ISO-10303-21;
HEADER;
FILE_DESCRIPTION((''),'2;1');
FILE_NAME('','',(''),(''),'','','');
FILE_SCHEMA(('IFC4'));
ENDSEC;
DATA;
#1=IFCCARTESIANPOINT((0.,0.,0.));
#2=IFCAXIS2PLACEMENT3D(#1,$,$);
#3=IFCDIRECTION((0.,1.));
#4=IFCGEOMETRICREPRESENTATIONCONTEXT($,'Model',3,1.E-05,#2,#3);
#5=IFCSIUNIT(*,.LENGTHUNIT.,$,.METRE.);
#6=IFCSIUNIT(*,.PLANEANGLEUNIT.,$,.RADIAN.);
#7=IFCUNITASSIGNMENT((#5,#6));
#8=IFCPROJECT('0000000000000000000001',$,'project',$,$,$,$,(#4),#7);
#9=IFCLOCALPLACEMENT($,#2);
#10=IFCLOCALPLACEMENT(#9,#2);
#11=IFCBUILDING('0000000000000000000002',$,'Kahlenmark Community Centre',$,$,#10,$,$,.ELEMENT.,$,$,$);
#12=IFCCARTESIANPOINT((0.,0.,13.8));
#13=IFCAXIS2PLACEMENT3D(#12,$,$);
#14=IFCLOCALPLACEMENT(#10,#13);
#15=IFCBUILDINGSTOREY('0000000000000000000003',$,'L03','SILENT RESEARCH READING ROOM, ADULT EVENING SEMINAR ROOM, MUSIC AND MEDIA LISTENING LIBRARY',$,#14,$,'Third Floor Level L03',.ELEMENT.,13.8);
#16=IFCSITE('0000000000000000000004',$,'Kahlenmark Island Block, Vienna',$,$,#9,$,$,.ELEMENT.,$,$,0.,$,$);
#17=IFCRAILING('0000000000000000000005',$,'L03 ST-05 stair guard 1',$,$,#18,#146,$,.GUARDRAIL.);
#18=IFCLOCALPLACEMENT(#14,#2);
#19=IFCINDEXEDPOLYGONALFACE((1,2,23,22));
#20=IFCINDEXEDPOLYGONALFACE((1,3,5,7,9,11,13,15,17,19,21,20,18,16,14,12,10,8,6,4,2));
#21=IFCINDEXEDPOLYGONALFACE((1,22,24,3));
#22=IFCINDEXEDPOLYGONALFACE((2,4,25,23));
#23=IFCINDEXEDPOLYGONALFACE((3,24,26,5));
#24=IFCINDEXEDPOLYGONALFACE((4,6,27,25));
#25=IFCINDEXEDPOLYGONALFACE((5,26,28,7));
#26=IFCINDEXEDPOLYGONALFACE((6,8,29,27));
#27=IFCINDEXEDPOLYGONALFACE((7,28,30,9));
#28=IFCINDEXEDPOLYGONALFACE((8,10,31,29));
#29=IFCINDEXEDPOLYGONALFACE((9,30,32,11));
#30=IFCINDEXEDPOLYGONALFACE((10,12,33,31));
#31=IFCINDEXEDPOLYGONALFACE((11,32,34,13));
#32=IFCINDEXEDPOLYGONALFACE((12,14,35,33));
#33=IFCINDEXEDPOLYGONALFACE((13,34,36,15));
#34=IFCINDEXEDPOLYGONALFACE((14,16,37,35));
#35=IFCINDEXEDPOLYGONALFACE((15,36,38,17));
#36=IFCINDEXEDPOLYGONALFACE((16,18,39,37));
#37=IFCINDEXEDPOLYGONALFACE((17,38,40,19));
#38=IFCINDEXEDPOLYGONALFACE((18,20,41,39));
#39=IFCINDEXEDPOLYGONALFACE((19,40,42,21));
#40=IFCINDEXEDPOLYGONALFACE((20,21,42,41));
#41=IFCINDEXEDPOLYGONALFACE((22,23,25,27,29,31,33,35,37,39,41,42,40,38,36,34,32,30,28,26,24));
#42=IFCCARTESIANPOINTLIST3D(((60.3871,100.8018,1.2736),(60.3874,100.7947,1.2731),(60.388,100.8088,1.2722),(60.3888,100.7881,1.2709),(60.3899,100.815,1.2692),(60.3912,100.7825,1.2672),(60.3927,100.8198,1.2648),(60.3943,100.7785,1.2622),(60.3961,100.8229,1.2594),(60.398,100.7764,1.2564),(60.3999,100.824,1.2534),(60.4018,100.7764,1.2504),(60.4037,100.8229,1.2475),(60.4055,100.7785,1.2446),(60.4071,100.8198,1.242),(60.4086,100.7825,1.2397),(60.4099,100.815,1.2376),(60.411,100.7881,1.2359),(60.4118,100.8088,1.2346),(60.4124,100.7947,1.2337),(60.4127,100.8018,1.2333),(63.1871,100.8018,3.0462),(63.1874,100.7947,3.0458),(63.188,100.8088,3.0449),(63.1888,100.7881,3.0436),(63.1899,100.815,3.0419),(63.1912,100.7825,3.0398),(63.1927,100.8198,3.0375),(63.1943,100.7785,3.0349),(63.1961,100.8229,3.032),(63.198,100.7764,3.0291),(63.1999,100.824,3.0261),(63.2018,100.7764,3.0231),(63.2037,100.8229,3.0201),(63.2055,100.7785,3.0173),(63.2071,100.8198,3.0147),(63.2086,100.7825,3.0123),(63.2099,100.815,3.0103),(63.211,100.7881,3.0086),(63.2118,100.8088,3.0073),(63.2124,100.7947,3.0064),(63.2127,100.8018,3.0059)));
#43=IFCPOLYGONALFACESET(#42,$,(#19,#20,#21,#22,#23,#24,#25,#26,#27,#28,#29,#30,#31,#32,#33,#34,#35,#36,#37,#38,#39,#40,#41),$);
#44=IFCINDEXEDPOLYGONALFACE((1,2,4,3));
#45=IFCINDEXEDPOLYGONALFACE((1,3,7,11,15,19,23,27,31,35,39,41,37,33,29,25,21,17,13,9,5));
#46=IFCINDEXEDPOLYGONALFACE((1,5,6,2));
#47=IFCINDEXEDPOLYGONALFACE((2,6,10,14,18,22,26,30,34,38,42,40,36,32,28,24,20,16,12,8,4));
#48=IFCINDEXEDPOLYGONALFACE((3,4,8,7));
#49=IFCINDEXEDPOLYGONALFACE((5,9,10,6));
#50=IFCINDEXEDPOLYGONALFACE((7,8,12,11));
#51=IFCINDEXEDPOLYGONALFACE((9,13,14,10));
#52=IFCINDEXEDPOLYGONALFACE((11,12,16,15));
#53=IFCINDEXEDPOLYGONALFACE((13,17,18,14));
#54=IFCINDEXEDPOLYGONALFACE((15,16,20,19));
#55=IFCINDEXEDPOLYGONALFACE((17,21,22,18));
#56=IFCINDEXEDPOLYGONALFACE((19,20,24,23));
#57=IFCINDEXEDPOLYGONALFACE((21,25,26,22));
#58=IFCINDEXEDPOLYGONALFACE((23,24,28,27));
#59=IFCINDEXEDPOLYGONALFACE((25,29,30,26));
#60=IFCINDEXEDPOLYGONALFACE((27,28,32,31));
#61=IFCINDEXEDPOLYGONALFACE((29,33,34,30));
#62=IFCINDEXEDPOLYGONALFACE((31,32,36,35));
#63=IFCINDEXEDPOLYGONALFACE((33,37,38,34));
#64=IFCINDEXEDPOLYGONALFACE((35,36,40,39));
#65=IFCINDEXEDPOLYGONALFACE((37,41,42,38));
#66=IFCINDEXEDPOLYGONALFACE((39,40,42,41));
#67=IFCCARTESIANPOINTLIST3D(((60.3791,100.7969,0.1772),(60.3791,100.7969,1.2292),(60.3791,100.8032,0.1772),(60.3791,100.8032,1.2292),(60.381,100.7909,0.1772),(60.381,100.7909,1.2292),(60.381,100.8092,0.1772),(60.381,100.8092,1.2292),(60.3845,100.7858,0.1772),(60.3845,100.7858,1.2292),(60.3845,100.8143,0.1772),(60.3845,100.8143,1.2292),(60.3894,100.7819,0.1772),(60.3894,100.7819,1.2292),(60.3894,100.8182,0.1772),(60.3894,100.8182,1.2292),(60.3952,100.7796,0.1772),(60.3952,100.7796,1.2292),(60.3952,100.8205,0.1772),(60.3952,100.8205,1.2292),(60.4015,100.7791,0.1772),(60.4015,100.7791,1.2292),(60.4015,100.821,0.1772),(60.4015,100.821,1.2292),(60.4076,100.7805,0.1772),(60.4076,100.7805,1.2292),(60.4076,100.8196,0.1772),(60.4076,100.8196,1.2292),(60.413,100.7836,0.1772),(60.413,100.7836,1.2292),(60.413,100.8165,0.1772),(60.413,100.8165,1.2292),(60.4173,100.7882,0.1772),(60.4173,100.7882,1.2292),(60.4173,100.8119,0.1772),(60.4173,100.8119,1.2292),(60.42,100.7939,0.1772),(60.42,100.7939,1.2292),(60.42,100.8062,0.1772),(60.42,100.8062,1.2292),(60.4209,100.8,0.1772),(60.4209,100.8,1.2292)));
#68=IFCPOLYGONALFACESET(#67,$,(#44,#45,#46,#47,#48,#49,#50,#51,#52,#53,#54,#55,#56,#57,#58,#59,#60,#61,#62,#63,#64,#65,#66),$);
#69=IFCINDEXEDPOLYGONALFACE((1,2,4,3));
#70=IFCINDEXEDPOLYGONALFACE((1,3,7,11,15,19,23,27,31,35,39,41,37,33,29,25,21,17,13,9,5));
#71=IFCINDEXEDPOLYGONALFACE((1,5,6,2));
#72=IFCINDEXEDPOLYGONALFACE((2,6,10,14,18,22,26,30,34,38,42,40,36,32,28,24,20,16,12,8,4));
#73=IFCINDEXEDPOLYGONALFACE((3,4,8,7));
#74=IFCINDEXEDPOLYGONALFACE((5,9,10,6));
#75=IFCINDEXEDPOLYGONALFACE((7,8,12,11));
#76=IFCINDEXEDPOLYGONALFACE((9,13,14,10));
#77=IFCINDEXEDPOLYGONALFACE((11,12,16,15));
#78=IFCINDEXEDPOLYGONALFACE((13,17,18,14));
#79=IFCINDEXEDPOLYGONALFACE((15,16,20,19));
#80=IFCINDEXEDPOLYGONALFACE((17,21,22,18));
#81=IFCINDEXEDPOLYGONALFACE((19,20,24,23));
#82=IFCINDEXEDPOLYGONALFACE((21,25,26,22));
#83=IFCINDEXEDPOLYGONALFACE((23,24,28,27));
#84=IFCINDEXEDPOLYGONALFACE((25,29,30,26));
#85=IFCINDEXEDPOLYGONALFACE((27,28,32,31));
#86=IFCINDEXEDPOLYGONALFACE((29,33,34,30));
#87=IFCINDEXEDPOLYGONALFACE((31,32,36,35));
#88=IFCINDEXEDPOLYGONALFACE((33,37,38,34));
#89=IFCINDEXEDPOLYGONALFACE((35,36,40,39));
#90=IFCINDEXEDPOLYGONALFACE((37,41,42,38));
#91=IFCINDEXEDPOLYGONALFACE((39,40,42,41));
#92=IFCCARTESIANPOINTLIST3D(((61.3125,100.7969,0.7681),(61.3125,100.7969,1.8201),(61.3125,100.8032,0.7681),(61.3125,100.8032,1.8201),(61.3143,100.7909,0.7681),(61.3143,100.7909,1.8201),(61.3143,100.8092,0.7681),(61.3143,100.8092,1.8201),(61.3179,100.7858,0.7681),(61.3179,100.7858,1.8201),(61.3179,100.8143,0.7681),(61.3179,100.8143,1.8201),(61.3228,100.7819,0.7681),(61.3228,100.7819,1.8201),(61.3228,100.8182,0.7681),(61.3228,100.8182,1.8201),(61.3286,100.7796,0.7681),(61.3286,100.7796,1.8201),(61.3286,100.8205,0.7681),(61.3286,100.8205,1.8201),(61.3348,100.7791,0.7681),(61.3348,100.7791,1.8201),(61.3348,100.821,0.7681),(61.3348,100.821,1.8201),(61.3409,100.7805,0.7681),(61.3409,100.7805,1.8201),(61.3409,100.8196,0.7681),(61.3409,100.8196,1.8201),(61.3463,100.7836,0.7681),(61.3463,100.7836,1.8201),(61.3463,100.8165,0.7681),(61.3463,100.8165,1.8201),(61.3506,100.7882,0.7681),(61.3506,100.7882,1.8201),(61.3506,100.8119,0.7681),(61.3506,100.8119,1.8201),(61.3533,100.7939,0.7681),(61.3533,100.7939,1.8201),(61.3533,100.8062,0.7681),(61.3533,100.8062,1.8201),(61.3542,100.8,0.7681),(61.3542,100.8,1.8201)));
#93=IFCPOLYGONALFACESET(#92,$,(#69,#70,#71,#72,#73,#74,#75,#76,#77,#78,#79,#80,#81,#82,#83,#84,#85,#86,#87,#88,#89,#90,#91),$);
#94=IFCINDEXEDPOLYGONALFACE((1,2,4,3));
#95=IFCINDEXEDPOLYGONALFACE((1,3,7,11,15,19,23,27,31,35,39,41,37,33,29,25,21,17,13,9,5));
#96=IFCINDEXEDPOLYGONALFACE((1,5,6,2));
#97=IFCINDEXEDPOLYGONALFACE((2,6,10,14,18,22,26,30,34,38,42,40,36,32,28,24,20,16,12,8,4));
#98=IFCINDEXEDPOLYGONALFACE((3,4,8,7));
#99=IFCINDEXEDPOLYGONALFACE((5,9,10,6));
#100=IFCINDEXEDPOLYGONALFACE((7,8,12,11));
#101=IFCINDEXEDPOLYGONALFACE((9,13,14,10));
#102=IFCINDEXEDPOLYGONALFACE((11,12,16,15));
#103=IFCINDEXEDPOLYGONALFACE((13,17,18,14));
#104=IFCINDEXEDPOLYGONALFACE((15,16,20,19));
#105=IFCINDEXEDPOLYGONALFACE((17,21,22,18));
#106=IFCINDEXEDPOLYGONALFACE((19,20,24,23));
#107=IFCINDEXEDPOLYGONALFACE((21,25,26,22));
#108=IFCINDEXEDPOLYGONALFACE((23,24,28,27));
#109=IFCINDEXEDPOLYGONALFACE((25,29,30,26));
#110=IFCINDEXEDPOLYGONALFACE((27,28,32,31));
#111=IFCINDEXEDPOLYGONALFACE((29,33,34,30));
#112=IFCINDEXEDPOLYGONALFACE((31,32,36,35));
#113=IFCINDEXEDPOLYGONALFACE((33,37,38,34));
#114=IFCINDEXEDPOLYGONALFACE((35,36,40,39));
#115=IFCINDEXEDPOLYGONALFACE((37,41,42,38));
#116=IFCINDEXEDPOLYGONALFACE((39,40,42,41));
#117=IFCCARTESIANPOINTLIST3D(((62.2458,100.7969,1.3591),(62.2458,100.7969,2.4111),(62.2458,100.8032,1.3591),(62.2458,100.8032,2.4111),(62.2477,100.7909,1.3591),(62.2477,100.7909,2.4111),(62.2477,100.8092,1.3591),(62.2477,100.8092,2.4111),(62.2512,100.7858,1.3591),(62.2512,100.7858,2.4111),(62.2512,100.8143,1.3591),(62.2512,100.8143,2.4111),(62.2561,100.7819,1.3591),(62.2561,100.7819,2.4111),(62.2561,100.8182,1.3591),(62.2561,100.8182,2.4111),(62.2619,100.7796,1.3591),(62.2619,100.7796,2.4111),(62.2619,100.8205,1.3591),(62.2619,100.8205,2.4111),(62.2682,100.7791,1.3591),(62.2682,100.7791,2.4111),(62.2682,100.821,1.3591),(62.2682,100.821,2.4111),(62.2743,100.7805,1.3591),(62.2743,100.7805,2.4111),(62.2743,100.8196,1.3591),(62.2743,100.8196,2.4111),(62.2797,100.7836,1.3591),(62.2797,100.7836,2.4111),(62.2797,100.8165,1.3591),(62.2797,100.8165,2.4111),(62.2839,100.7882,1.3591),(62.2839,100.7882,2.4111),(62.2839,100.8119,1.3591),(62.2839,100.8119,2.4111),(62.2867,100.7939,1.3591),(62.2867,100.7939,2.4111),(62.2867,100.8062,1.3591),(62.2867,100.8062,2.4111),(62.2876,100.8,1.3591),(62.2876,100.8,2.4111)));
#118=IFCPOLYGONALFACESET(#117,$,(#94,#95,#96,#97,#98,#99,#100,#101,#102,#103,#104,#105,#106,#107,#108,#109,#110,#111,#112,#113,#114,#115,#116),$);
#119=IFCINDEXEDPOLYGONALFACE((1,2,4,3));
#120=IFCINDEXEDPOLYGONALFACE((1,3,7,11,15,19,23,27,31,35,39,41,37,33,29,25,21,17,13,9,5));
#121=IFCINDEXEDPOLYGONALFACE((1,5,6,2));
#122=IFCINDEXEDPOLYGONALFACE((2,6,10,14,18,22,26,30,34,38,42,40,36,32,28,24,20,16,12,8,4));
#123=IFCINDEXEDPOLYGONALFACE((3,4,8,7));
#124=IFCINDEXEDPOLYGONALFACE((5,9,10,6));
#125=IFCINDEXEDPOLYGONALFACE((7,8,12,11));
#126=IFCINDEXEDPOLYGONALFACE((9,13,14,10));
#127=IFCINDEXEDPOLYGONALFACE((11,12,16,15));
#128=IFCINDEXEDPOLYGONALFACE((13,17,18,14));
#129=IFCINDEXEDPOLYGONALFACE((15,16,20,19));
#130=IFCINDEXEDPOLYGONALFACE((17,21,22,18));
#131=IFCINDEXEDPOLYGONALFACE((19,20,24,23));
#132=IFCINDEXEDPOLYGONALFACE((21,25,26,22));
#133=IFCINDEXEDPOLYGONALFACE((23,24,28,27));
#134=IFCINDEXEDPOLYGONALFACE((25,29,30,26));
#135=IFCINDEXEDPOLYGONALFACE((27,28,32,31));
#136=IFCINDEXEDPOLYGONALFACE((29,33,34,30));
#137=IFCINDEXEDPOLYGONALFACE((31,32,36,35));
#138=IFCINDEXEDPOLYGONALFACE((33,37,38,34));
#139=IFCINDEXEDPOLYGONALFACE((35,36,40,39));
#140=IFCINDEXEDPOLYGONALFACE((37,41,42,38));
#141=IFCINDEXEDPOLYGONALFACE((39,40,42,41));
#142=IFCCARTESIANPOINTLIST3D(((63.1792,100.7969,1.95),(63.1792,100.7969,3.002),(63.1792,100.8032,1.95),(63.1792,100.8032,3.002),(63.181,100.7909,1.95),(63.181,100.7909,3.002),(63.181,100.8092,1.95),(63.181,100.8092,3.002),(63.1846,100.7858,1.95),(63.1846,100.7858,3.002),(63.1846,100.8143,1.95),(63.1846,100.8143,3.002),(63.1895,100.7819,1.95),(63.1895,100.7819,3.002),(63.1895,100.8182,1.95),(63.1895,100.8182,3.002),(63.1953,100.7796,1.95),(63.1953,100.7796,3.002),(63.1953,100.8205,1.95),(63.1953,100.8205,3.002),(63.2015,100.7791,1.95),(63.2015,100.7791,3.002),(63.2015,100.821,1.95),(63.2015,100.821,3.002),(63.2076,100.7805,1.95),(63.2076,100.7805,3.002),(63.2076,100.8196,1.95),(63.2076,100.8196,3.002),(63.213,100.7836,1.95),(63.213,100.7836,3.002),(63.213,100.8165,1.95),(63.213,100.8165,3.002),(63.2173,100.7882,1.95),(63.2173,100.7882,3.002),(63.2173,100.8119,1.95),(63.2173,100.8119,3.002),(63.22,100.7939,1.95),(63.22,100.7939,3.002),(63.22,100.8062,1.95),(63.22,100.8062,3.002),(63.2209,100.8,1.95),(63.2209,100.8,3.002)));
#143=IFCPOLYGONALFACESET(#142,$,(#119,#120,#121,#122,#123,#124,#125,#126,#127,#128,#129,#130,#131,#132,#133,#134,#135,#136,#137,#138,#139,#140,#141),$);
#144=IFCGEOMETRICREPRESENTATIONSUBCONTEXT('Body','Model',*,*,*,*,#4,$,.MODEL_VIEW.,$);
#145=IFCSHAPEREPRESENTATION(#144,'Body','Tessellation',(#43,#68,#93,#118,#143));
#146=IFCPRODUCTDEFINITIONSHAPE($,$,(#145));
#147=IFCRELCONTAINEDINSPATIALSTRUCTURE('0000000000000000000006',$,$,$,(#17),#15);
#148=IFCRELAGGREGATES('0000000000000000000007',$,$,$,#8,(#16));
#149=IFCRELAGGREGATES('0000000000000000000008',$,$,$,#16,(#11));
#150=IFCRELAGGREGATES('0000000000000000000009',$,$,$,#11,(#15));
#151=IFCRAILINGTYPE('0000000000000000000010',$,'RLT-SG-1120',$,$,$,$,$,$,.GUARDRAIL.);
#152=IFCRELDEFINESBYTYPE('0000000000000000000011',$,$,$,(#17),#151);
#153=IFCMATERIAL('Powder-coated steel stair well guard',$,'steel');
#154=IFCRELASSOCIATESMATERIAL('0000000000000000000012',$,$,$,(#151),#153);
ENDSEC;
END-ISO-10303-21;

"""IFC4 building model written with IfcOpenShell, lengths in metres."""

from ifc_helpers import new_model, si_unit, direction, frame, origin, origin_2d, place, context, subcontext, project, spatial, circle, extrude, material, type_object, element, save


model = new_model("IFC4")

# Units and contexts
model_context = context("Model", 3, precision=1e-05, world=origin(), true_north=direction((0.0, 1.0)))
body_context = subcontext(model_context, "Body", "Model", "MODEL_VIEW")
ifc_project = project(units=[si_unit("LENGTHUNIT", "METRE"), si_unit("PLANEANGLEUNIT", "RADIAN")], contexts=[model_context])

# Site, building, storey
site_placement = place(None, origin())
site = spatial("IfcSite", under=ifc_project, at=site_placement, Name="Kahlenmark Island Block, Vienna", CompositionType="ELEMENT", RefElevation=0.0)
building_placement = place(site_placement, origin())
building = spatial("IfcBuilding", under=site, at=building_placement, Name="Kahlenmark Community Centre", CompositionType="ELEMENT")
storey_placement = place(building_placement, frame((0.0, 0.0, 13.8)))
storey = spatial("IfcBuildingStorey", under=building, at=storey_placement, Name="L03", Description="SILENT RESEARCH READING ROOM, ADULT EVENING SEMINAR ROOM, MUSIC AND MEDIA LISTENING LIBRARY", LongName="Third Floor Level L03", CompositionType="ELEMENT", Elevation=13.8)

# Railing
ifc_material_1 = material(Name="Powder-coated steel stair well guard", Category="steel")
railing_type_1 = type_object("IfcRailingType", Name="RLT-SG-1120", PredefinedType="GUARDRAIL", material=ifc_material_1)
railing_1_placement = place(storey_placement, frame((60.3999, 100.8, 0.1772)))
element("IfcRailing", 1, at=railing_1_placement, inside=storey, type_object=railing_type_1, Name="L03 ST-05 stair guard 1", PredefinedType="GUARDRAIL", context=body_context, shape_type="SweptSolid", body=[
    extrude(circle(Radius=0.0239, at=origin_2d()), frame((0.0, 0.0, 1.0762), z_axis=(0.844909, 0.0, 0.53491), x_axis=(0.0, 1.0, 0.0)), (0.0, 0.0, 1.0), 3.314),
    extrude(circle(Radius=0.021, at=origin_2d()), origin(), (0.0, 0.0, 1.0), 1.052),
    extrude(circle(Radius=0.021, at=origin_2d()), frame((0.9333, 0.0, 0.5908)), (0.0, 0.0, 1.0), 1.052),
    extrude(circle(Radius=0.021, at=origin_2d()), frame((1.8667, 0.0, 1.1819)), (0.0, 0.0, 1.0), 1.052),
    extrude(circle(Radius=0.021, at=origin_2d()), frame((2.8, 0.0, 1.7727)), (0.0, 0.0, 1.0), 1.052),
])

save(model, "model.ifc")
